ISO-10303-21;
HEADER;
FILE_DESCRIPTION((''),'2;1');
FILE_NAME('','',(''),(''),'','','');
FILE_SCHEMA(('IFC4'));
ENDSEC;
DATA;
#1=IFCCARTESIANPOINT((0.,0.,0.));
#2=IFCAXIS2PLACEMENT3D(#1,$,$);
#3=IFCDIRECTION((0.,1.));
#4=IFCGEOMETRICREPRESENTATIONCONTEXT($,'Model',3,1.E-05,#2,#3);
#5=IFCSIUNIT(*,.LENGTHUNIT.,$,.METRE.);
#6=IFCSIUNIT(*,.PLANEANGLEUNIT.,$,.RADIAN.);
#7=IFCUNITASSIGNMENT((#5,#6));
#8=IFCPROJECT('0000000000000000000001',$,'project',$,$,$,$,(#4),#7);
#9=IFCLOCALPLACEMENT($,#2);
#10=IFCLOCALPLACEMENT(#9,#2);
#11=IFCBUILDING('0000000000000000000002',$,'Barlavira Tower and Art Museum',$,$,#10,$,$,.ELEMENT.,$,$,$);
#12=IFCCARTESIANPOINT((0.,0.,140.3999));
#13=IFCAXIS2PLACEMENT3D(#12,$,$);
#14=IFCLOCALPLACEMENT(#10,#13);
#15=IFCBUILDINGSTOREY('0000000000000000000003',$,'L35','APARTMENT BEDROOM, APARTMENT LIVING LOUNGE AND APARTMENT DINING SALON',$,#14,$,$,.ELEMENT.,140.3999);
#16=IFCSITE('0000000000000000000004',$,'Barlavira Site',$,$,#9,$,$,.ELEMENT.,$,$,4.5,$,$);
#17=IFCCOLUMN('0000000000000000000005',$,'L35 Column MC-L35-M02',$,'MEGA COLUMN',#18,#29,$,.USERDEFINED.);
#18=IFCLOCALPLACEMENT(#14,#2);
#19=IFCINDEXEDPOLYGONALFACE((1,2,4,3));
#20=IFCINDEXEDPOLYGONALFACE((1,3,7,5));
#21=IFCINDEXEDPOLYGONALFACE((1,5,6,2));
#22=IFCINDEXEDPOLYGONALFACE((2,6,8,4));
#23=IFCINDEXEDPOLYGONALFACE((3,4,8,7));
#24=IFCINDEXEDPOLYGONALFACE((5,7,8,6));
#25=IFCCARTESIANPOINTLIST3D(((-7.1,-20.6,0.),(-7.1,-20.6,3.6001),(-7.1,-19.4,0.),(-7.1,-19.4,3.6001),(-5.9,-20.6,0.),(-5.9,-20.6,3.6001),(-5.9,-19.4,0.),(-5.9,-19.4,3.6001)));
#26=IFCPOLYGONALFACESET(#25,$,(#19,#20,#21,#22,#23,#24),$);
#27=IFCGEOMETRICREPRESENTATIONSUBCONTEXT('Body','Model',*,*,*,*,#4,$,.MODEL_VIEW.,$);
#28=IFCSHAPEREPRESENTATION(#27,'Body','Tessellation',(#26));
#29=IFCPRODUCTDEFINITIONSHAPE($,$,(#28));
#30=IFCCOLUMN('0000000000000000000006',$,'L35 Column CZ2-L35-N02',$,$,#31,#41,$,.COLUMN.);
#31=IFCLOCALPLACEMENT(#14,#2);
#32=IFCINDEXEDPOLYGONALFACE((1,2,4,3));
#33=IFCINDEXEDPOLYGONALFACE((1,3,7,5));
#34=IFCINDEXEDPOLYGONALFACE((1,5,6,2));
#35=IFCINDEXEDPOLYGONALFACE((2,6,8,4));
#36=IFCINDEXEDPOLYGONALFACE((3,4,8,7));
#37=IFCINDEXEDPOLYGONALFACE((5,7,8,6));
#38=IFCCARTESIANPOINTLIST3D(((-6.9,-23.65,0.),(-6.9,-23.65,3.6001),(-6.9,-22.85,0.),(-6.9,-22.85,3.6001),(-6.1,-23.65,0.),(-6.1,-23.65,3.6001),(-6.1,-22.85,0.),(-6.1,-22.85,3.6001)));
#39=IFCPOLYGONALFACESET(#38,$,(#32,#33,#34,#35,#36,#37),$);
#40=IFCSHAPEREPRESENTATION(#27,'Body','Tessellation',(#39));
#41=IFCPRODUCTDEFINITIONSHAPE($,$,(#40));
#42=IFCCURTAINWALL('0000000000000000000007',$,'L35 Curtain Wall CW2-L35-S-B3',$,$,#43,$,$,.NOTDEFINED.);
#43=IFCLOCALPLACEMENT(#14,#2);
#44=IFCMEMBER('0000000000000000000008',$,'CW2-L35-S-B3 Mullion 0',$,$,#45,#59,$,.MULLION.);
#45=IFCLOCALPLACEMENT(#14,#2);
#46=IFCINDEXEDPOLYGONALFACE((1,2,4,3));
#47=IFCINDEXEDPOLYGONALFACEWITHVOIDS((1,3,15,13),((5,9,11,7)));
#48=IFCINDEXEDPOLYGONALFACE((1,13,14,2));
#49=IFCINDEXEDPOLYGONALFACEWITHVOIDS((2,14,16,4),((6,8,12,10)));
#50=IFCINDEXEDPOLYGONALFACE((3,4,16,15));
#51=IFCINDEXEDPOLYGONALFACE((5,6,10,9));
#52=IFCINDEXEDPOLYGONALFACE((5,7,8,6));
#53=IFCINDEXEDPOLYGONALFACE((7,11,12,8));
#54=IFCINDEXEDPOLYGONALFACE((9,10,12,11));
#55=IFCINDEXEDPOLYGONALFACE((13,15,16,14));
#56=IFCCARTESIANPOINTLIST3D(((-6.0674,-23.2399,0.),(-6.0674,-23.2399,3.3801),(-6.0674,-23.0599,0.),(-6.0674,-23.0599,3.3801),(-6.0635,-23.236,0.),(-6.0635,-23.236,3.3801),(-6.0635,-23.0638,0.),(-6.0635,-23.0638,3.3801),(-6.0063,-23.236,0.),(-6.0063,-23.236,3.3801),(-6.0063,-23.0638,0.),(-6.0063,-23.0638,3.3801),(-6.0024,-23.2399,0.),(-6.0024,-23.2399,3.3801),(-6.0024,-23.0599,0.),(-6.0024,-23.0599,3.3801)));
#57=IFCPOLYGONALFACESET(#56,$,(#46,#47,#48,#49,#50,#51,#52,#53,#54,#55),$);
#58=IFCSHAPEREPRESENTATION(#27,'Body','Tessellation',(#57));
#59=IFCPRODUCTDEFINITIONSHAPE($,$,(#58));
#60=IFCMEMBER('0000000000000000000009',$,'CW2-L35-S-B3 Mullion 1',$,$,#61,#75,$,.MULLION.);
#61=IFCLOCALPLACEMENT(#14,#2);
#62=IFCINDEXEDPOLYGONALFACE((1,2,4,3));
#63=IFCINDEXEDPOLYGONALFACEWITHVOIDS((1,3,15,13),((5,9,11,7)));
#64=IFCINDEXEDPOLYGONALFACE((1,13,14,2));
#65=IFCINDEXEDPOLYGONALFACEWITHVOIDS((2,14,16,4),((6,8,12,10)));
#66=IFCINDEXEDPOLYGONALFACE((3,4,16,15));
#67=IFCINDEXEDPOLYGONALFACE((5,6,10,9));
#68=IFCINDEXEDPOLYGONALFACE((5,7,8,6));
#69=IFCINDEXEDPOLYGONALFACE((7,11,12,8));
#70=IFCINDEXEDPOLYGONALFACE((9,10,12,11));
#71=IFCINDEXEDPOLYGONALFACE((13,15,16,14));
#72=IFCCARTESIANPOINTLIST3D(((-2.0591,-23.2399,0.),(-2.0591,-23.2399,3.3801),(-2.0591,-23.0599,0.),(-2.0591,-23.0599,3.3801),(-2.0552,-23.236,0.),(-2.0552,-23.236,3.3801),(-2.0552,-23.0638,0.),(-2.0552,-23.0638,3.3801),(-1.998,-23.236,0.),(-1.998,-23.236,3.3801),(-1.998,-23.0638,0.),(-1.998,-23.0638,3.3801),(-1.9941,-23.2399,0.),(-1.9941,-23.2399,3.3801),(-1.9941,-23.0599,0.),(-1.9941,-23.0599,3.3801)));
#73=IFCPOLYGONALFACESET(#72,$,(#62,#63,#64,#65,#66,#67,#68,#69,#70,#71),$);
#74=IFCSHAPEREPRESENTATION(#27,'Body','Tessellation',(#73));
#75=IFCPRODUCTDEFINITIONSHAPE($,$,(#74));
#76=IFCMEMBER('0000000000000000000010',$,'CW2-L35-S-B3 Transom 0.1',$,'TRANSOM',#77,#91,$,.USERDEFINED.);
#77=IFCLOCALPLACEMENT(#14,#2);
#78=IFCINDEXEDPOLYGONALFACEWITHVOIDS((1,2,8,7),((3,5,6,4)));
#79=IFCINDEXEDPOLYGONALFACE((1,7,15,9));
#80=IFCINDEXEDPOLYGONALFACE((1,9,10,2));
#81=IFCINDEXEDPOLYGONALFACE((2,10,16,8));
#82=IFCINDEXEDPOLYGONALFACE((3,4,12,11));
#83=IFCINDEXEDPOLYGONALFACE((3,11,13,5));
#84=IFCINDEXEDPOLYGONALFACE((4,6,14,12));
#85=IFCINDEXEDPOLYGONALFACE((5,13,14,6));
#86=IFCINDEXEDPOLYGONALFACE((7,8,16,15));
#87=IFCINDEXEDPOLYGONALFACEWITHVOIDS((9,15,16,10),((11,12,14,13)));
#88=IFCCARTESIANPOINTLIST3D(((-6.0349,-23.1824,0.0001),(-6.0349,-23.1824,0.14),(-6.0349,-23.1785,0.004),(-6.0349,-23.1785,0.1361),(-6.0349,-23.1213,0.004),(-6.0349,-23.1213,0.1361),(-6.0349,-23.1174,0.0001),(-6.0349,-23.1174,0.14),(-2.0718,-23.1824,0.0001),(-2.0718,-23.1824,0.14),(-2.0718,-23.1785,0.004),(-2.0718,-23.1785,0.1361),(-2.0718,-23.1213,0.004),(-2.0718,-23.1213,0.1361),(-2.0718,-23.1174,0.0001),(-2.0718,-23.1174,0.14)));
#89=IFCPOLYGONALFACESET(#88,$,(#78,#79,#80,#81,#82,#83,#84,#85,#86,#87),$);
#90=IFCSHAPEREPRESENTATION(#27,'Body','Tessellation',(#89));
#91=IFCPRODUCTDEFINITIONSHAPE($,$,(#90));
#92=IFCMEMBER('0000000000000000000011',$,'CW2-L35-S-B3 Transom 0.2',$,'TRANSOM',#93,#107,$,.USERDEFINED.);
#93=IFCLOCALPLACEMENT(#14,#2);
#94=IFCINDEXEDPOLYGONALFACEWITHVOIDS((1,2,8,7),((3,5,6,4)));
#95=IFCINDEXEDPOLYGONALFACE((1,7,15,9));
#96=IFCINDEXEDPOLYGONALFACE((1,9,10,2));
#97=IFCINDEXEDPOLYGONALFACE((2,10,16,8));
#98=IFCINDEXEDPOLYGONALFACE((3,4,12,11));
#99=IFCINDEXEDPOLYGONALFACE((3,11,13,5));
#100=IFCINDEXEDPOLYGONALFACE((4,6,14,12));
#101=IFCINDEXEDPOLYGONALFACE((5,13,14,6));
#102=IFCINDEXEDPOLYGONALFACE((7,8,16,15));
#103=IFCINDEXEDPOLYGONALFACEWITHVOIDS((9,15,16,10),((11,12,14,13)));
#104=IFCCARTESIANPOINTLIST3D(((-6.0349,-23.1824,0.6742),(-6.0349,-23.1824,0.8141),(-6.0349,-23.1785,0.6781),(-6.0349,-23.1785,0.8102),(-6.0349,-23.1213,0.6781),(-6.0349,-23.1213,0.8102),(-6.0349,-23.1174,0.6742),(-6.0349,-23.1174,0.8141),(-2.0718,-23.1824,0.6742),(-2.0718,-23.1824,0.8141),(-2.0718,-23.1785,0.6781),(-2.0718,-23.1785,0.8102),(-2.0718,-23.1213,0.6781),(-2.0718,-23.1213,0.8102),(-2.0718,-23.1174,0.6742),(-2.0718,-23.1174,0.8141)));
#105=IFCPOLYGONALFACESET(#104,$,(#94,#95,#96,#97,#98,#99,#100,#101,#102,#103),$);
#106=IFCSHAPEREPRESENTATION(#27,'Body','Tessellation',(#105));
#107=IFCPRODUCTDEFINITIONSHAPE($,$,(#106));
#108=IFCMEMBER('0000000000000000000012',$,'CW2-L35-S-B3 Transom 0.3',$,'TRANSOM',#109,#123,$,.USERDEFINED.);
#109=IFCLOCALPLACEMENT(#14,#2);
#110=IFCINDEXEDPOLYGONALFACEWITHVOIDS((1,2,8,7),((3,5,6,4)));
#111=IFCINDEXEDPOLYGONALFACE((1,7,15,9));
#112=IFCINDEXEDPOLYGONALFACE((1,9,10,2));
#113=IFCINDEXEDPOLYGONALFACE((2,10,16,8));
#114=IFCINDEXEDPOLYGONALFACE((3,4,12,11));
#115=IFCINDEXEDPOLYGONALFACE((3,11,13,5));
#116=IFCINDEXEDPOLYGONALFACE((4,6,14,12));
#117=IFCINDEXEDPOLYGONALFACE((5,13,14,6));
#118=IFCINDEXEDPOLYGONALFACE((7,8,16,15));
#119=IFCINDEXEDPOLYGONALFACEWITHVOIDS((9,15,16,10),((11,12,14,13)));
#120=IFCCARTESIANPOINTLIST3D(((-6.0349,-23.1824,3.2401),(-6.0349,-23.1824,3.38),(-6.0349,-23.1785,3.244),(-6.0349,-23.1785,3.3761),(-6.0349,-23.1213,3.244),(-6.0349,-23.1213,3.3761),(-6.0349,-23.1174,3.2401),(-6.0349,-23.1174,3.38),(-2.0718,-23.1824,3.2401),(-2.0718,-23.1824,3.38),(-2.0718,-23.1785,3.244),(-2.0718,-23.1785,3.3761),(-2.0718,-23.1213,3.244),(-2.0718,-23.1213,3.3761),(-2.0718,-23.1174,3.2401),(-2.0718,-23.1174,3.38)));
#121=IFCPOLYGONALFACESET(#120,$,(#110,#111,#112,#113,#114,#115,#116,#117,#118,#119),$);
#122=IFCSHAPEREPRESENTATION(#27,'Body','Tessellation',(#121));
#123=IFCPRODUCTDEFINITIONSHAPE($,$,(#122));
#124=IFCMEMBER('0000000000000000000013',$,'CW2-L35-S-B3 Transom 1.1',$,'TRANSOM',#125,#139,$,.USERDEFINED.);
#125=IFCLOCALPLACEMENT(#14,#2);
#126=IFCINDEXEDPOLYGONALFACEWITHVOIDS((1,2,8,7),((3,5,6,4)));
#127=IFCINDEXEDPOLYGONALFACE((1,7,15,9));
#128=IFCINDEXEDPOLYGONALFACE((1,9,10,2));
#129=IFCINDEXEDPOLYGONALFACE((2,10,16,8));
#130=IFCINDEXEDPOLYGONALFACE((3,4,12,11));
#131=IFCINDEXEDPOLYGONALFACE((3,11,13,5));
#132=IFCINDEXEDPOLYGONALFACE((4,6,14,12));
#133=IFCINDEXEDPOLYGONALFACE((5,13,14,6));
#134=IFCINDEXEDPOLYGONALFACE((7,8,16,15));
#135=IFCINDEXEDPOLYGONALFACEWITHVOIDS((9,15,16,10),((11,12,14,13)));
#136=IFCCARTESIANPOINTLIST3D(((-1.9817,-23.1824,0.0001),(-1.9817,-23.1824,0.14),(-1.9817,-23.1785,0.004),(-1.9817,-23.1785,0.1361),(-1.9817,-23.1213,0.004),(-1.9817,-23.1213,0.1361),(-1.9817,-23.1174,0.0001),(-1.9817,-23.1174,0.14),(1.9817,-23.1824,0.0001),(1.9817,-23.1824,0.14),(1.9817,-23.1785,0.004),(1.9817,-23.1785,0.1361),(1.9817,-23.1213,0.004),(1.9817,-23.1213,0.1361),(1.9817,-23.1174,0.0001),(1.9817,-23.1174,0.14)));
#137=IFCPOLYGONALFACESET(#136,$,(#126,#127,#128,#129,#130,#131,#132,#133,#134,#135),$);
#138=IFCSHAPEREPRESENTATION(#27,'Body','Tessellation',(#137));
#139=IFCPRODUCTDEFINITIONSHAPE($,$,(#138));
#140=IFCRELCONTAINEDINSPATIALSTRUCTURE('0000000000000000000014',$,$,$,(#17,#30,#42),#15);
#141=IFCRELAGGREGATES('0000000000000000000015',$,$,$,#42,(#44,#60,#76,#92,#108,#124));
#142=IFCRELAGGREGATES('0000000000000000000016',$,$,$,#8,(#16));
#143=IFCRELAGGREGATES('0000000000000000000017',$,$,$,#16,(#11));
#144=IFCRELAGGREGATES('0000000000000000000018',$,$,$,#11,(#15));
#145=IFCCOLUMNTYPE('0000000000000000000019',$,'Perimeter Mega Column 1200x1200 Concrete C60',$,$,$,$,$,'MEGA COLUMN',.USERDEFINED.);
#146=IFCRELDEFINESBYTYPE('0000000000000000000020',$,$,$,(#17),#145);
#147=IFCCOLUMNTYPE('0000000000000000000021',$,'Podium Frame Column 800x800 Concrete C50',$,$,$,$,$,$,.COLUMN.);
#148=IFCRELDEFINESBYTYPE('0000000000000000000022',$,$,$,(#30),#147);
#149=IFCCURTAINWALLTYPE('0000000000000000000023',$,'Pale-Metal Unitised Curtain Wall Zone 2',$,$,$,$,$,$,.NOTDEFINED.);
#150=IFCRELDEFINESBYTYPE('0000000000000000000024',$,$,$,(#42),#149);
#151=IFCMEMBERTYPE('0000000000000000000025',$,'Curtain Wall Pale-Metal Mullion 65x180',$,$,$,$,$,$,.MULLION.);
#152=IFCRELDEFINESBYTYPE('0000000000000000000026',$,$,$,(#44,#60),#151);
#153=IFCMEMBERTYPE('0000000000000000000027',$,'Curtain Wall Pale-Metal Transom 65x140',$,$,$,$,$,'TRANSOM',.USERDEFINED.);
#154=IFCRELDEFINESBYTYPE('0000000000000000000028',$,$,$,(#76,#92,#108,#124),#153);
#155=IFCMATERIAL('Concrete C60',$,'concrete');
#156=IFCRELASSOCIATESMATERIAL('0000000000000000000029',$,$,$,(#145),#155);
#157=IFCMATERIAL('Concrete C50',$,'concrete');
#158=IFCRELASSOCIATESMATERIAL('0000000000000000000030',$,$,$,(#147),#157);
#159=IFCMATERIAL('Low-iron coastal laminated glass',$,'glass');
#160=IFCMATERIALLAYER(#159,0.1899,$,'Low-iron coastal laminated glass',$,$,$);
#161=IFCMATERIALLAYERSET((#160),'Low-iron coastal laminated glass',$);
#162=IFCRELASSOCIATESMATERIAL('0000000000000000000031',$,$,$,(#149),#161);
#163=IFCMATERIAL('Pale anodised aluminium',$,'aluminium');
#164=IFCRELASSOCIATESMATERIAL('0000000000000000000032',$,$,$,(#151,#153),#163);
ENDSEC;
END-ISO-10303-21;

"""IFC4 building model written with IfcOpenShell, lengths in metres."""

from ifc_helpers import new_model, si_unit, direction, frame, origin, origin_2d, place, context, subcontext, project, spatial, rectangle, hollow_rectangle, extrude, material, layer, layer_set, material_profile, profile_set, type_object, element, aggregate, save


model = new_model("IFC4")

# Units and contexts
model_context = context("Model", 3, precision=1e-05, world=origin(), true_north=direction((0.0, 1.0)))
body_context = subcontext(model_context, "Body", "Model", "MODEL_VIEW")
ifc_project = project(units=[si_unit("LENGTHUNIT", "METRE"), si_unit("PLANEANGLEUNIT", "RADIAN")], contexts=[model_context])

# Site, building, storey
site_placement = place(None, origin())
site = spatial("IfcSite", under=ifc_project, at=site_placement, Name="Barlavira Site", CompositionType="ELEMENT", RefElevation=4.5)
building_placement = place(site_placement, origin())
building = spatial("IfcBuilding", under=site, at=building_placement, Name="Barlavira Tower and Art Museum", CompositionType="ELEMENT")
storey_placement = place(building_placement, frame((0.0, 0.0, 140.3999)))
storey = spatial("IfcBuildingStorey", under=building, at=storey_placement, Name="L35", Description="APARTMENT BEDROOM, APARTMENT LIVING LOUNGE AND APARTMENT DINING SALON", CompositionType="ELEMENT", Elevation=140.3999)

# Columns
ifc_material_1 = material(Name="Concrete C60", Category="concrete")
ifc_material_profile_1 = material_profile(ifc_material_1, rectangle(XDim=1.2, YDim=1.2, at=origin_2d()), Name="RC-COL 1200x1200")
ifc_profile_set_1 = profile_set([ifc_material_profile_1], Name="Concrete C60")
column_type_1 = type_object("IfcColumnType", Name="Perimeter Mega Column 1200x1200 Concrete C60", ElementType="MEGA COLUMN", PredefinedType="USERDEFINED", material=ifc_profile_set_1)
column_1_placement = place(storey_placement, frame((-6.5, -20.0, 0.0), z_axis=(0.0, 0.0, 1.0), x_axis=(1.0, 0.0, 0.0)))
element("IfcColumn", 1, at=column_1_placement, inside=storey, type_object=column_type_1, Name="L35 Column MC-L35-M02", ObjectType="MEGA COLUMN", PredefinedType="USERDEFINED", context=body_context, shape_type="SweptSolid", body=[
    extrude(rectangle(XDim=1.2, YDim=1.2, at=origin_2d()), origin(), (0.0, 0.0, 1.0), 3.6001),
])
ifc_material_2 = material(Name="Concrete C50", Category="concrete")
ifc_material_profile_2 = material_profile(ifc_material_2, rectangle(XDim=0.8, YDim=0.8, at=origin_2d()), Name="RC-COL 800x800")
ifc_profile_set_2 = profile_set([ifc_material_profile_2], Name="Concrete C50")
column_type_2 = type_object("IfcColumnType", Name="Podium Frame Column 800x800 Concrete C50", PredefinedType="COLUMN", material=ifc_profile_set_2)
column_2_placement = place(storey_placement, frame((-6.5, -23.25, 0.0), z_axis=(0.0, 0.0, 1.0), x_axis=(1.0, 0.0, 0.0)))
element("IfcColumn", 2, at=column_2_placement, inside=storey, type_object=column_type_2, Name="L35 Column CZ2-L35-N02", PredefinedType="COLUMN", context=body_context, shape_type="SweptSolid", body=[
    extrude(rectangle(XDim=0.8, YDim=0.8, at=origin_2d()), origin(), (0.0, 0.0, 1.0), 3.6001),
])

# Curtain wall, members
ifc_material_3 = material(Name="Low-iron coastal laminated glass", Category="glass")
ifc_layer_1 = layer(ifc_material_3, 0.1899, Name="Low-iron coastal laminated glass")
ifc_layer_set_1 = layer_set([ifc_layer_1], Name="Low-iron coastal laminated glass")
curtain_wall_type = type_object("IfcCurtainWallType", Name="Pale-Metal Unitised Curtain Wall Zone 2", PredefinedType="NOTDEFINED", material=ifc_layer_set_1)
curtain_wall_placement = place(storey_placement, origin())
curtain_wall = element("IfcCurtainWall", 3, at=curtain_wall_placement, inside=storey, type_object=curtain_wall_type, Name="L35 Curtain Wall CW2-L35-S-B3", PredefinedType="NOTDEFINED")
ifc_material_4 = material(Name="Pale anodised aluminium", Category="aluminium")
ifc_material_profile_3 = material_profile(ifc_material_4, hollow_rectangle(XDim=0.0649, YDim=0.1799, WallThickness=0.0039, at=origin_2d()), Name="ALU-MULL 65x180x4")
ifc_profile_set_3 = profile_set([ifc_material_profile_3], Name="Pale anodised aluminium")
member_type_1 = type_object("IfcMemberType", Name="Curtain Wall Pale-Metal Mullion 65x180", PredefinedType="MULLION", material=ifc_profile_set_3)
member_1_placement = place(storey_placement, frame((-6.0349, -23.1499, 0.0), z_axis=(0.0, 0.0, 1.0), x_axis=(1.0, 0.0, 0.0)))
member_1 = element("IfcMember", 4, at=member_1_placement, type_object=member_type_1, Name="CW2-L35-S-B3 Mullion 0", PredefinedType="MULLION", context=body_context, shape_type="SweptSolid", body=[
    extrude(hollow_rectangle(XDim=0.0649, YDim=0.1799, WallThickness=0.0039, at=origin_2d()), origin(), (0.0, 0.0, 1.0), 3.3801),
])
member_2_placement = place(storey_placement, frame((-2.0266, -23.1499, 0.0), z_axis=(0.0, 0.0, 1.0), x_axis=(1.0, 0.0, 0.0)))
member_2 = element("IfcMember", 5, at=member_2_placement, type_object=member_type_1, Name="CW2-L35-S-B3 Mullion 1", PredefinedType="MULLION", context=body_context, shape_type="SweptSolid", body=[
    extrude(hollow_rectangle(XDim=0.0649, YDim=0.1799, WallThickness=0.0039, at=origin_2d()), origin(), (0.0, 0.0, 1.0), 3.3801),
])
ifc_material_profile_4 = material_profile(ifc_material_4, hollow_rectangle(XDim=0.0649, YDim=0.1399, WallThickness=0.0039, at=origin_2d()), Name="ALU-TRAN 65x140x4")
ifc_profile_set_4 = profile_set([ifc_material_profile_4], Name="Pale anodised aluminium")
member_type_2 = type_object("IfcMemberType", Name="Curtain Wall Pale-Metal Transom 65x140", ElementType="TRANSOM", PredefinedType="USERDEFINED", material=ifc_profile_set_4)
member_3_placement = place(storey_placement, frame((-6.0349, -23.1499, 0.0701), z_axis=(1.0, 0.0, 0.0), x_axis=(0.0, 1.0, 0.0)))
member_3 = element("IfcMember", 6, at=member_3_placement, type_object=member_type_2, Name="CW2-L35-S-B3 Transom 0.1", ObjectType="TRANSOM", PredefinedType="USERDEFINED", context=body_context, shape_type="SweptSolid", body=[
    extrude(hollow_rectangle(XDim=0.0649, YDim=0.1399, WallThickness=0.0039, at=origin_2d()), origin(), (0.0, 0.0, 1.0), 3.9631),
])
member_4_placement = place(storey_placement, frame((-6.0349, -23.1499, 0.7441), z_axis=(1.0, 0.0, 0.0), x_axis=(0.0, 1.0, 0.0)))
member_4 = element("IfcMember", 7, at=member_4_placement, type_object=member_type_2, Name="CW2-L35-S-B3 Transom 0.2", ObjectType="TRANSOM", PredefinedType="USERDEFINED", context=body_context, shape_type="SweptSolid", body=[
    extrude(hollow_rectangle(XDim=0.0649, YDim=0.1399, WallThickness=0.0039, at=origin_2d()), origin(), (0.0, 0.0, 1.0), 3.9631),
])
member_5_placement = place(storey_placement, frame((-6.0349, -23.1499, 3.3101), z_axis=(1.0, 0.0, 0.0), x_axis=(0.0, 1.0, 0.0)))
member_5 = element("IfcMember", 8, at=member_5_placement, type_object=member_type_2, Name="CW2-L35-S-B3 Transom 0.3", ObjectType="TRANSOM", PredefinedType="USERDEFINED", context=body_context, shape_type="SweptSolid", body=[
    extrude(hollow_rectangle(XDim=0.0649, YDim=0.1399, WallThickness=0.0039, at=origin_2d()), origin(), (0.0, 0.0, 1.0), 3.9631),
])
member_6_placement = place(storey_placement, frame((-1.9817, -23.1499, 0.0701), z_axis=(1.0, 0.0, 0.0), x_axis=(0.0, 1.0, 0.0)))
member_6 = element("IfcMember", 9, at=member_6_placement, type_object=member_type_2, Name="CW2-L35-S-B3 Transom 1.1", ObjectType="TRANSOM", PredefinedType="USERDEFINED", context=body_context, shape_type="SweptSolid", body=[
    extrude(hollow_rectangle(XDim=0.0649, YDim=0.1399, WallThickness=0.0039, at=origin_2d()), origin(), (0.0, 0.0, 1.0), 3.9634),
])

aggregate(curtain_wall, [member_1, member_2, member_3, member_4, member_5, member_6])

save(model, "model.ifc")
